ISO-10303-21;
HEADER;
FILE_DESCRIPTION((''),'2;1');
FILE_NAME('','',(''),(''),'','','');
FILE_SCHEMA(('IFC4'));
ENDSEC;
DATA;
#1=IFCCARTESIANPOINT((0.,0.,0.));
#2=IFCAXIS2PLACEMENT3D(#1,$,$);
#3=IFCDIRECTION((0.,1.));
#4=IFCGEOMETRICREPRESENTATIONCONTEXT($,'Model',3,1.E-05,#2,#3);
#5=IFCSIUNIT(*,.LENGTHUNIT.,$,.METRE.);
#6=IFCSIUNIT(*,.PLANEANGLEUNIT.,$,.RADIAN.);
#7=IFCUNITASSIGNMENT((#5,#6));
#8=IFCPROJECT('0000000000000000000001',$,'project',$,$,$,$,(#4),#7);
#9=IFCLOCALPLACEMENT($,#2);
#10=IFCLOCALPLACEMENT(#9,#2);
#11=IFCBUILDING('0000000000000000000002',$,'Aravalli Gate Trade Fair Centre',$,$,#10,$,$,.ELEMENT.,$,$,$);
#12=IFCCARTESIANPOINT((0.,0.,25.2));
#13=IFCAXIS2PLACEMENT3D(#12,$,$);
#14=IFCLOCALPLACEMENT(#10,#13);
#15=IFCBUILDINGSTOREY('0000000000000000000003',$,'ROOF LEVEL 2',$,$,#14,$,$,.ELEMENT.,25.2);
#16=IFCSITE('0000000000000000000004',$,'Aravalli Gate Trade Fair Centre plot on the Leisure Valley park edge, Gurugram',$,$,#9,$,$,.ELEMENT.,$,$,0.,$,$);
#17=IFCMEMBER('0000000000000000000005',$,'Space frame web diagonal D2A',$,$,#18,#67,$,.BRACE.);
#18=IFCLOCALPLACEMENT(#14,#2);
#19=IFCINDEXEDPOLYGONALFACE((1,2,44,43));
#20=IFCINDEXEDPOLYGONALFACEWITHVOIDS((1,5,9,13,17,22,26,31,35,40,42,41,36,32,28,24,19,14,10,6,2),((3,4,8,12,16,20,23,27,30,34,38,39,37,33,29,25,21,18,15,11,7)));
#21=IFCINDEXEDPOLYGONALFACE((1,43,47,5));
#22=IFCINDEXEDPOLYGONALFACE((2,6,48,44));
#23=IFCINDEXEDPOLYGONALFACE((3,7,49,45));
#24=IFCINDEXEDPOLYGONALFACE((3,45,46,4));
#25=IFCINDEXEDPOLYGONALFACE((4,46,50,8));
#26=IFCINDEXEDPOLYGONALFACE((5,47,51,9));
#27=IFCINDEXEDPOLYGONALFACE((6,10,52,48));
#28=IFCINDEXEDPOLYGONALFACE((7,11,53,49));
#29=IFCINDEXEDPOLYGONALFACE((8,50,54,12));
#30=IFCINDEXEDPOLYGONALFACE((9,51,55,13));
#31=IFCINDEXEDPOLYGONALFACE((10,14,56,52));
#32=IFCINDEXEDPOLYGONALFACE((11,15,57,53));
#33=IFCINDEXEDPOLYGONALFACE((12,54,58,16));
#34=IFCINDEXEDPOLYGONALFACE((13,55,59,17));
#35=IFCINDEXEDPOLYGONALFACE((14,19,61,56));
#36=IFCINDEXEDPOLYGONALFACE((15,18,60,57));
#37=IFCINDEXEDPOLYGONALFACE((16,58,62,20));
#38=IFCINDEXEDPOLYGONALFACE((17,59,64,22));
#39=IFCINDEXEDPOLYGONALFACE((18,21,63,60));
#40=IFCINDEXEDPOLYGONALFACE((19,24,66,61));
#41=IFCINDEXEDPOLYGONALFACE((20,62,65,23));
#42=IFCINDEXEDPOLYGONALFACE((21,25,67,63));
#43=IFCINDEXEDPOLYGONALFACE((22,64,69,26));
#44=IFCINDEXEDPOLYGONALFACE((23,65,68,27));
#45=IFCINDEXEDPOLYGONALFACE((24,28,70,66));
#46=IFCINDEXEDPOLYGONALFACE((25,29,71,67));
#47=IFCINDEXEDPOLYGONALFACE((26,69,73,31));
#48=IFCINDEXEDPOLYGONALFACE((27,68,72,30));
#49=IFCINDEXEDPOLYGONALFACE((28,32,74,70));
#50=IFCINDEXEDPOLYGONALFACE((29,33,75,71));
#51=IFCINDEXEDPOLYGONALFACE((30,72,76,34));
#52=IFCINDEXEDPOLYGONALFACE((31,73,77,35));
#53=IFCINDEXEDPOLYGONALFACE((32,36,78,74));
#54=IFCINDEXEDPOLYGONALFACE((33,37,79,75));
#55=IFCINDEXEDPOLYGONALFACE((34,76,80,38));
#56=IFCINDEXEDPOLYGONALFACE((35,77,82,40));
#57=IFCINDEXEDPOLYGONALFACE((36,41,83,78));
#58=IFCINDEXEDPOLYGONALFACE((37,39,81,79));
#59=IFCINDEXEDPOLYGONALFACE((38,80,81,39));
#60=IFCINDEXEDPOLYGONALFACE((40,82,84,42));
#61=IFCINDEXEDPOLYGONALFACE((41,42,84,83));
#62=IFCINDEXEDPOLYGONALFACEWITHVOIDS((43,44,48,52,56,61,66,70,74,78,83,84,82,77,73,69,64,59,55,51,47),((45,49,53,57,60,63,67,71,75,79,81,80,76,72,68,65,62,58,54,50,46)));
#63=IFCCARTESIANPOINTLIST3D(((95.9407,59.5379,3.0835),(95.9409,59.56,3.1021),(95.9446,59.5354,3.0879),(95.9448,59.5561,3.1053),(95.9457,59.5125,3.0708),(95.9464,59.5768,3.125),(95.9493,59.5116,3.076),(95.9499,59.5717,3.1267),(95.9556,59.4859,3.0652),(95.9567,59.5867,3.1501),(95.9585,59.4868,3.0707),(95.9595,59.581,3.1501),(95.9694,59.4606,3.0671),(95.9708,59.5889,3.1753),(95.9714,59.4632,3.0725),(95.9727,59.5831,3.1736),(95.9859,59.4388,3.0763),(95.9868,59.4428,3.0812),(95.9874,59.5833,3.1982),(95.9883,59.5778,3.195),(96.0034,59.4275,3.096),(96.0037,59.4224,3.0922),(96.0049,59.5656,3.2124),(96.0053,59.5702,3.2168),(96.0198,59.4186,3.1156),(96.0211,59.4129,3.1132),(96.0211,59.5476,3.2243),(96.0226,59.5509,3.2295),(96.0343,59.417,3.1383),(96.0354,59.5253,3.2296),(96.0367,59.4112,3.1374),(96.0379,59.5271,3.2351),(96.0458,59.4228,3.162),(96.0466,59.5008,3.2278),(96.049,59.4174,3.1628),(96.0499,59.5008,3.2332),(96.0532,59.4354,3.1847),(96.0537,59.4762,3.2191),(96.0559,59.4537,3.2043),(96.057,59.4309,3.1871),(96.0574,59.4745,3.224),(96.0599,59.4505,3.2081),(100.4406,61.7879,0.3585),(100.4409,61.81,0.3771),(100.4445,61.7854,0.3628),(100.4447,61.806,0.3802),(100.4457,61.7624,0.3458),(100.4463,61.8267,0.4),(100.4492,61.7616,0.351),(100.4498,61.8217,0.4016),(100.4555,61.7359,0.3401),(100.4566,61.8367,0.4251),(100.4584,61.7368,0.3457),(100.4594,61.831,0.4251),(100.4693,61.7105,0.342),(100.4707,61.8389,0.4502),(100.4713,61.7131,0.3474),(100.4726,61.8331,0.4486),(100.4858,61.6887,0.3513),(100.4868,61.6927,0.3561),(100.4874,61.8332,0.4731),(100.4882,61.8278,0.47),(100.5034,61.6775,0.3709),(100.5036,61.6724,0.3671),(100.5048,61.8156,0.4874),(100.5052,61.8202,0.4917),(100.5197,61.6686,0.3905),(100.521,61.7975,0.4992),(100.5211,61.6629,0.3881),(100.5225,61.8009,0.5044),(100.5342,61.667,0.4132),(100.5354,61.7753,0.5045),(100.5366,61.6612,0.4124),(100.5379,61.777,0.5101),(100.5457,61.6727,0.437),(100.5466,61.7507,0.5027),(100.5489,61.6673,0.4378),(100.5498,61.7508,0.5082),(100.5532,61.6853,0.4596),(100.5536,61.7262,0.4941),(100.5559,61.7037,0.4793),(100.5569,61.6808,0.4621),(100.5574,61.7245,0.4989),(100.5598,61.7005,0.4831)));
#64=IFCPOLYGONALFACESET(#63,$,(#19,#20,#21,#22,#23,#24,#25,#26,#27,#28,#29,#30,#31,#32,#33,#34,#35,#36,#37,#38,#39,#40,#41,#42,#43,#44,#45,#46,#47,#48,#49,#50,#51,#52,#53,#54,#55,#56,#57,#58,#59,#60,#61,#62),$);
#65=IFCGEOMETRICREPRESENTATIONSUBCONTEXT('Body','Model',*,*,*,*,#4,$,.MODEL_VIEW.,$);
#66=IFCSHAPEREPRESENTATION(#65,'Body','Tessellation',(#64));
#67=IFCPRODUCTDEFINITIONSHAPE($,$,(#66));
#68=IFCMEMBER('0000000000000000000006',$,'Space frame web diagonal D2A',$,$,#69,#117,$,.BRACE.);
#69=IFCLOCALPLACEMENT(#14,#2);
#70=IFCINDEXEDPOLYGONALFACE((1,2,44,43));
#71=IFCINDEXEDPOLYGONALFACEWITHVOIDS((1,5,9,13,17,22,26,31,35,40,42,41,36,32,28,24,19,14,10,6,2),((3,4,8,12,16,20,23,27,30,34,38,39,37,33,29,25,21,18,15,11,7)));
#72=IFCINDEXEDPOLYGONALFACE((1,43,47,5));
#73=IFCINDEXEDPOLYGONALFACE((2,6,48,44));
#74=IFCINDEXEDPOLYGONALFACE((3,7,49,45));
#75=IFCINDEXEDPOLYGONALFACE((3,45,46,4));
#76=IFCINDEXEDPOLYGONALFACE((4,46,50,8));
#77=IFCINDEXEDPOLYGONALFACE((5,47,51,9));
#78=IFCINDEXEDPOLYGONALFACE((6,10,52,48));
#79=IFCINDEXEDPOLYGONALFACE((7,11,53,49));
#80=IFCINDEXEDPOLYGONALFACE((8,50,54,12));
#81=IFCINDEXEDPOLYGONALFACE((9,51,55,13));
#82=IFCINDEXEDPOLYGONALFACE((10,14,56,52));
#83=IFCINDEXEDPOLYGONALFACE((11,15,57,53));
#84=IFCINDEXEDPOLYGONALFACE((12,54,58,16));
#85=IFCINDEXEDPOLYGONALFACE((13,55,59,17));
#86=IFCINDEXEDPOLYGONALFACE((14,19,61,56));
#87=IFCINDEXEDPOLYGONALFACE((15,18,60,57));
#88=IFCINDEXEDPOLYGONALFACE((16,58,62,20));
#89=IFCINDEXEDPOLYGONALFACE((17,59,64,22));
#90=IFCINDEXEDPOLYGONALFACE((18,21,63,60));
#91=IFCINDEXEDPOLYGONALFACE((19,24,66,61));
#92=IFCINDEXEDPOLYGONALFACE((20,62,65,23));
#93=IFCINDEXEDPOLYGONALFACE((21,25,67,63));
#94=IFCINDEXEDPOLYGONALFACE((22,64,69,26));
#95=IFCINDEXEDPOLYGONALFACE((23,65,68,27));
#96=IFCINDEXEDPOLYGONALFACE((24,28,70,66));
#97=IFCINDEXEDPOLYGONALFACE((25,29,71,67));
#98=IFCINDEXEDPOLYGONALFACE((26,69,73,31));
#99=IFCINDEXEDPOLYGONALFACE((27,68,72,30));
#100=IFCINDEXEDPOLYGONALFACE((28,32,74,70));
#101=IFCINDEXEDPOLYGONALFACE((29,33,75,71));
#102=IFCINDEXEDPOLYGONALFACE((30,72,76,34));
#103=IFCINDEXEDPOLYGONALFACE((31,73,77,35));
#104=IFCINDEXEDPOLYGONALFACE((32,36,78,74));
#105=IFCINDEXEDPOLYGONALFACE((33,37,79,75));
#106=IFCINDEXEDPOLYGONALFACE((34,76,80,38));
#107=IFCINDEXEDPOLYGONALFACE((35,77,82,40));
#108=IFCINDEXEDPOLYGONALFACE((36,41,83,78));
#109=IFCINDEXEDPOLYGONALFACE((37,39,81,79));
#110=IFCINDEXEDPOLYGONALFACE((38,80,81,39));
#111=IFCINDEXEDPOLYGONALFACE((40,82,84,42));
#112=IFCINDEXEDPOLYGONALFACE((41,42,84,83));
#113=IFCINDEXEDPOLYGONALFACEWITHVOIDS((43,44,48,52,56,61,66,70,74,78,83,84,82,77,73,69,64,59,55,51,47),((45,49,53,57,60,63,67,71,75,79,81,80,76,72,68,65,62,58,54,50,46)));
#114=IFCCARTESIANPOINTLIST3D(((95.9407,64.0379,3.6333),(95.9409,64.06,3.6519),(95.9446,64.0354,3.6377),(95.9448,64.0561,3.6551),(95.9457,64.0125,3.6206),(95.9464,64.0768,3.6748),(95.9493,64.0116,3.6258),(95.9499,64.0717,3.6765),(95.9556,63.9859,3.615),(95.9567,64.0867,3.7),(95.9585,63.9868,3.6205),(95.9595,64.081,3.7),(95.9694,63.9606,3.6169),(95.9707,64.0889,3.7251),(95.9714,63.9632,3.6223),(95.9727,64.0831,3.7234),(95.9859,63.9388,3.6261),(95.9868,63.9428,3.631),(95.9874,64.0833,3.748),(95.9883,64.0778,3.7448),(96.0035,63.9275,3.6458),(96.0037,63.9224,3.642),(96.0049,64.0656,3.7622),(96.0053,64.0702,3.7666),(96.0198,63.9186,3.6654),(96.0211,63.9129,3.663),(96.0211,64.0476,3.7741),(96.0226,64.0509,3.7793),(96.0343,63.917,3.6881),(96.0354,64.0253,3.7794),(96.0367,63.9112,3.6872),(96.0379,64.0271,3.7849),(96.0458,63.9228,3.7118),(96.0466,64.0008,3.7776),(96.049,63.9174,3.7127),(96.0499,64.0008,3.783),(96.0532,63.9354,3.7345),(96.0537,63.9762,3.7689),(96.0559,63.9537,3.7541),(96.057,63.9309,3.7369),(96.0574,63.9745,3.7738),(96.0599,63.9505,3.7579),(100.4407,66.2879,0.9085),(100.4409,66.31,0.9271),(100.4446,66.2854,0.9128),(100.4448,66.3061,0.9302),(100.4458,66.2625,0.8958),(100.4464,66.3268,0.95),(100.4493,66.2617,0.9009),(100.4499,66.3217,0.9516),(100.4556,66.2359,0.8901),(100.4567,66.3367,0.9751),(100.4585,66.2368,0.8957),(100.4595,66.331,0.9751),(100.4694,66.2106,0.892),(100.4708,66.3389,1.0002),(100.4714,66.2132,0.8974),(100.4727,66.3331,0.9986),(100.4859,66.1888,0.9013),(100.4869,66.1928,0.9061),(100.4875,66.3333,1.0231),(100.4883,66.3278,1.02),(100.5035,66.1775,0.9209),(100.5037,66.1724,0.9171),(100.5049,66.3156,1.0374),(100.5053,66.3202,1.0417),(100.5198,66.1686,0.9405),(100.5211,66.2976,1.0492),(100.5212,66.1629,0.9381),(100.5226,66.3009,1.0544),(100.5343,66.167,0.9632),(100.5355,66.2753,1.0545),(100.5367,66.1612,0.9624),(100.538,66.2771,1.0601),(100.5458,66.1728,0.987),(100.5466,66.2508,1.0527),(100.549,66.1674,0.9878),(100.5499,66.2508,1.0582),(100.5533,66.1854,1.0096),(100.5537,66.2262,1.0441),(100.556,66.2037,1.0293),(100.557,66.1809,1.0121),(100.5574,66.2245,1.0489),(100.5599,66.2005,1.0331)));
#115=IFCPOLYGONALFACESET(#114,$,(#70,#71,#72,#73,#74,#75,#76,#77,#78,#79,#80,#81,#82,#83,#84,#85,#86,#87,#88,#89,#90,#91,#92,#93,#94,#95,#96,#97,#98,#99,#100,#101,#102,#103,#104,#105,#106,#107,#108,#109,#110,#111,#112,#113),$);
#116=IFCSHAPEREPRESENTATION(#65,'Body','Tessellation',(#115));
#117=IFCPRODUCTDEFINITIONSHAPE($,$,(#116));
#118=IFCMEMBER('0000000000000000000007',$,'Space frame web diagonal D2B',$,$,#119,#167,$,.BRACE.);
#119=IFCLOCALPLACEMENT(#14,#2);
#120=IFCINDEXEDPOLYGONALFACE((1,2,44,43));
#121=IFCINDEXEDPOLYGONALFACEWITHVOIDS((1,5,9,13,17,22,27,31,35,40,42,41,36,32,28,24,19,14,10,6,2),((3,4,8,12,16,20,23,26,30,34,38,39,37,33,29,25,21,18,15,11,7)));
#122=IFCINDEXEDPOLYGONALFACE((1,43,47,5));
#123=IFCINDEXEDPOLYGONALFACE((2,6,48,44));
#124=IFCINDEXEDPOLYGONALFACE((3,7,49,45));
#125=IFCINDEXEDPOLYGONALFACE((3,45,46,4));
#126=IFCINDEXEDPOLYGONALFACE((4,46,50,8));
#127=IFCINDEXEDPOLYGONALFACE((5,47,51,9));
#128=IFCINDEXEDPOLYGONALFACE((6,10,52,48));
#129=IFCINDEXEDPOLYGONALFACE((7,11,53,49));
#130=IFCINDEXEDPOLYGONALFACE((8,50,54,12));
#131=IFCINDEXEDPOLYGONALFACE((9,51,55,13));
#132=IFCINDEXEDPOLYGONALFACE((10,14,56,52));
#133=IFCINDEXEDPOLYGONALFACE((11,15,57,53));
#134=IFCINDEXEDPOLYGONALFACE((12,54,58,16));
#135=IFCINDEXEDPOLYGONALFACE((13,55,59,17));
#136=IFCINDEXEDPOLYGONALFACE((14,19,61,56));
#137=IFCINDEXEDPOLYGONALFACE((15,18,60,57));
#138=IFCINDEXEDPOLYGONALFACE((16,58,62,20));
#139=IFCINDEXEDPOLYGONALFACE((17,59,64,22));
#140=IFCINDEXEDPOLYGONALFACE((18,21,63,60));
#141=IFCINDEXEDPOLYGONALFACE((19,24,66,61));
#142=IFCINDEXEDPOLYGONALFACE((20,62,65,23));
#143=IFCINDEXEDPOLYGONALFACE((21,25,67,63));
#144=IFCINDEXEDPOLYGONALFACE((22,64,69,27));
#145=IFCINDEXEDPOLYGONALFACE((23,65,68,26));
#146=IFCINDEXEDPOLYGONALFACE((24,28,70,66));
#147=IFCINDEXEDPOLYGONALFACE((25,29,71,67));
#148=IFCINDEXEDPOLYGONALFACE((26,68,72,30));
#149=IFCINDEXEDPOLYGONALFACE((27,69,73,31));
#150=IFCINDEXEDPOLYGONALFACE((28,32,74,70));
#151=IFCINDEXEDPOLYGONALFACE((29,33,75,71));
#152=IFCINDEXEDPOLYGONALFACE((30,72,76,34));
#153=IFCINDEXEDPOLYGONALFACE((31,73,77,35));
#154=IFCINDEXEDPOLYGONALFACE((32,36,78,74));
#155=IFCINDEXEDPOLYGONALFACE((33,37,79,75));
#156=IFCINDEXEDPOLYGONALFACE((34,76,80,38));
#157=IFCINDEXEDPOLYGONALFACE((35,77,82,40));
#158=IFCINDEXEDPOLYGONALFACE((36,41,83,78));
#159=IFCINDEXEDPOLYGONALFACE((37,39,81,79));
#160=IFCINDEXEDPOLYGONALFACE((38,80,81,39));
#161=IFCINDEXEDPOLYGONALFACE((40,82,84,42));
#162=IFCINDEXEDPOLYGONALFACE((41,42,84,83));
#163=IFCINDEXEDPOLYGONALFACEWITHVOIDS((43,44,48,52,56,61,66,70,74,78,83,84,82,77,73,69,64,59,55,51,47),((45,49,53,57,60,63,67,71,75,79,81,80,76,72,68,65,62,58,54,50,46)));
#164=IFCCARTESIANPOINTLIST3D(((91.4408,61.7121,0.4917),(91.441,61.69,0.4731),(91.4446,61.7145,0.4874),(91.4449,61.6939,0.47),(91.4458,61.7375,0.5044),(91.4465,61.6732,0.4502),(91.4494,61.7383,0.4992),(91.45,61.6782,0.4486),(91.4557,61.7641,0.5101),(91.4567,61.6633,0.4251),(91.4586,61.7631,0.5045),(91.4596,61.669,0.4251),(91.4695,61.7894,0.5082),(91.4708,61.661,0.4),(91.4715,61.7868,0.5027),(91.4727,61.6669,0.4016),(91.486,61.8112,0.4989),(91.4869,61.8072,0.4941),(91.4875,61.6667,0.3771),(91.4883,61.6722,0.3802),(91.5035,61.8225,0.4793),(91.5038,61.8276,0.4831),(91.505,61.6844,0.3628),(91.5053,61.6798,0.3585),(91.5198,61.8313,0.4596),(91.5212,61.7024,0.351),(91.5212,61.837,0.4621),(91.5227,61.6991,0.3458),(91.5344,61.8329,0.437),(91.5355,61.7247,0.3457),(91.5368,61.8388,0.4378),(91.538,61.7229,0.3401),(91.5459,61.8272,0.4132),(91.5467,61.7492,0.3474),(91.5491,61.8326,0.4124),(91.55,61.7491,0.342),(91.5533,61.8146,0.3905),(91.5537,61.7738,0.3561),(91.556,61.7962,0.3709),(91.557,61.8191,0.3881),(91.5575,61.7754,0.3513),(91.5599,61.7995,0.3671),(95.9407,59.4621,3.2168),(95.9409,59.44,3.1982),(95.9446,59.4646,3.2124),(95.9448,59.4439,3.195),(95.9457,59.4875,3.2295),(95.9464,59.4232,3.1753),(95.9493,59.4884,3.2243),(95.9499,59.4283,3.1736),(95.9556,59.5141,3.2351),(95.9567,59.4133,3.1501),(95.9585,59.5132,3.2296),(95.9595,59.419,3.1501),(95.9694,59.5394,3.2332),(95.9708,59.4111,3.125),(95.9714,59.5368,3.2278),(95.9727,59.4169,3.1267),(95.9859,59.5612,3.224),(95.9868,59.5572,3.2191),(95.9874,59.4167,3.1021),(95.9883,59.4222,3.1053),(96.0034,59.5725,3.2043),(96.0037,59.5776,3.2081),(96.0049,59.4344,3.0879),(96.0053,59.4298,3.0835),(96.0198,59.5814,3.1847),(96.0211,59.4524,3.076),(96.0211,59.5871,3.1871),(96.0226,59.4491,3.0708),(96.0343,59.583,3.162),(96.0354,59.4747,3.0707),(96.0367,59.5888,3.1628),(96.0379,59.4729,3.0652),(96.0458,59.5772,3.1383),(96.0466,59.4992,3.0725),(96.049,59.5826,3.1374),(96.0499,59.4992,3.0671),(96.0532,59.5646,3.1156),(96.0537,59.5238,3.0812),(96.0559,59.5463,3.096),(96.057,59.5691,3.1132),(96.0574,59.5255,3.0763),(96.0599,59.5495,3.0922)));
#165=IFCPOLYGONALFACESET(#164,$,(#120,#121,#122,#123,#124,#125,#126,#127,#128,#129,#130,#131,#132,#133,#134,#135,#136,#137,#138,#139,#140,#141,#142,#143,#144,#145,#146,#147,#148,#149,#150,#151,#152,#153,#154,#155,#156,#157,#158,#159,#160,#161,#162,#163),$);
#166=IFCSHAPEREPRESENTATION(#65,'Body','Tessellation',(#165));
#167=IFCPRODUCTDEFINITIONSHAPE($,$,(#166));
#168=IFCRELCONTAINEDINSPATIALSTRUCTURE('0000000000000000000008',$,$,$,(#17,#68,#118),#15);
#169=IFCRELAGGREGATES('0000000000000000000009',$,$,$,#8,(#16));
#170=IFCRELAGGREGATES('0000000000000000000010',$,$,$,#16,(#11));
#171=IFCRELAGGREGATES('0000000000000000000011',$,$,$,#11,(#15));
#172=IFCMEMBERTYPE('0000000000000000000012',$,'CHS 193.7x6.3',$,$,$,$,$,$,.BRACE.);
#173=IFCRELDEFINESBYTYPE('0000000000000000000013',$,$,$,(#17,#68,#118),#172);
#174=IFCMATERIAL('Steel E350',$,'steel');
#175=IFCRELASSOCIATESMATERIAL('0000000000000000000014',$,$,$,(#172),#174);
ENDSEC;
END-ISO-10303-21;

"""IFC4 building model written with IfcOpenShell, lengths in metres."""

from ifc_helpers import new_model, si_unit, direction, frame, origin, origin_2d, place, context, subcontext, project, spatial, hollow_circle, extrude, material, material_profile, profile_set, type_object, element, save


model = new_model("IFC4")

# Units and contexts
model_context = context("Model", 3, precision=1e-05, world=origin(), true_north=direction((0.0, 1.0)))
body_context = subcontext(model_context, "Body", "Model", "MODEL_VIEW")
ifc_project = project(units=[si_unit("LENGTHUNIT", "METRE"), si_unit("PLANEANGLEUNIT", "RADIAN")], contexts=[model_context])

# Site, building, storey
site_placement = place(None, origin())
site = spatial("IfcSite", under=ifc_project, at=site_placement, Name="Aravalli Gate Trade Fair Centre plot on the Leisure Valley park edge, Gurugram", CompositionType="ELEMENT", RefElevation=0.0)
building_placement = place(site_placement, origin())
building = spatial("IfcBuilding", under=site, at=building_placement, Name="Aravalli Gate Trade Fair Centre", CompositionType="ELEMENT")
storey_placement = place(building_placement, frame((0.0, 0.0, 25.2)))
storey = spatial("IfcBuildingStorey", under=building, at=storey_placement, Name="ROOF LEVEL 2", CompositionType="ELEMENT", Elevation=25.2)

# Members
ifc_material_1 = material(Name="Steel E350", Category="steel")
ifc_material_profile_1 = material_profile(ifc_material_1, hollow_circle(Radius=0.0969, WallThickness=0.0063, at=origin_2d()), Name="CHS 193.7x6.3")
ifc_profile_set_1 = profile_set([ifc_material_profile_1], Name="Steel E350")
member_type_1 = type_object("IfcMemberType", Name="CHS 193.7x6.3", PredefinedType="BRACE", material=ifc_profile_set_1)
for number, where, z_axis, x_axis, name in (
    (1, (96.0, 59.5, 3.1501), (0.78647, 0.393235, -0.476268), (-0.447214, 0.894427, 0.0), "Space frame web diagonal D2A"),
    (2, (96.0, 64.0, 3.7), (0.786486, 0.393243, -0.476235), (-0.447214, 0.894427, 0.0), "Space frame web diagonal D2A"),
    (3, (96.0, 59.5, 3.1501), (-0.78647, 0.393235, -0.476268), (-0.447214, -0.894427, 0.0), "Space frame web diagonal D2B"),
):
    element("IfcMember", number, at=place(storey_placement, frame(where, z_axis=z_axis, x_axis=x_axis)), inside=storey, type_object=member_type_1, Name=name, PredefinedType="BRACE", context=body_context, shape_type="SweptSolid", body=[
        extrude(hollow_circle(Radius=0.0969, WallThickness=0.0063, at=origin_2d()), origin(), (0.0, 0.0, 1.0), 5.7217),
    ])

save(model, "model.ifc")
